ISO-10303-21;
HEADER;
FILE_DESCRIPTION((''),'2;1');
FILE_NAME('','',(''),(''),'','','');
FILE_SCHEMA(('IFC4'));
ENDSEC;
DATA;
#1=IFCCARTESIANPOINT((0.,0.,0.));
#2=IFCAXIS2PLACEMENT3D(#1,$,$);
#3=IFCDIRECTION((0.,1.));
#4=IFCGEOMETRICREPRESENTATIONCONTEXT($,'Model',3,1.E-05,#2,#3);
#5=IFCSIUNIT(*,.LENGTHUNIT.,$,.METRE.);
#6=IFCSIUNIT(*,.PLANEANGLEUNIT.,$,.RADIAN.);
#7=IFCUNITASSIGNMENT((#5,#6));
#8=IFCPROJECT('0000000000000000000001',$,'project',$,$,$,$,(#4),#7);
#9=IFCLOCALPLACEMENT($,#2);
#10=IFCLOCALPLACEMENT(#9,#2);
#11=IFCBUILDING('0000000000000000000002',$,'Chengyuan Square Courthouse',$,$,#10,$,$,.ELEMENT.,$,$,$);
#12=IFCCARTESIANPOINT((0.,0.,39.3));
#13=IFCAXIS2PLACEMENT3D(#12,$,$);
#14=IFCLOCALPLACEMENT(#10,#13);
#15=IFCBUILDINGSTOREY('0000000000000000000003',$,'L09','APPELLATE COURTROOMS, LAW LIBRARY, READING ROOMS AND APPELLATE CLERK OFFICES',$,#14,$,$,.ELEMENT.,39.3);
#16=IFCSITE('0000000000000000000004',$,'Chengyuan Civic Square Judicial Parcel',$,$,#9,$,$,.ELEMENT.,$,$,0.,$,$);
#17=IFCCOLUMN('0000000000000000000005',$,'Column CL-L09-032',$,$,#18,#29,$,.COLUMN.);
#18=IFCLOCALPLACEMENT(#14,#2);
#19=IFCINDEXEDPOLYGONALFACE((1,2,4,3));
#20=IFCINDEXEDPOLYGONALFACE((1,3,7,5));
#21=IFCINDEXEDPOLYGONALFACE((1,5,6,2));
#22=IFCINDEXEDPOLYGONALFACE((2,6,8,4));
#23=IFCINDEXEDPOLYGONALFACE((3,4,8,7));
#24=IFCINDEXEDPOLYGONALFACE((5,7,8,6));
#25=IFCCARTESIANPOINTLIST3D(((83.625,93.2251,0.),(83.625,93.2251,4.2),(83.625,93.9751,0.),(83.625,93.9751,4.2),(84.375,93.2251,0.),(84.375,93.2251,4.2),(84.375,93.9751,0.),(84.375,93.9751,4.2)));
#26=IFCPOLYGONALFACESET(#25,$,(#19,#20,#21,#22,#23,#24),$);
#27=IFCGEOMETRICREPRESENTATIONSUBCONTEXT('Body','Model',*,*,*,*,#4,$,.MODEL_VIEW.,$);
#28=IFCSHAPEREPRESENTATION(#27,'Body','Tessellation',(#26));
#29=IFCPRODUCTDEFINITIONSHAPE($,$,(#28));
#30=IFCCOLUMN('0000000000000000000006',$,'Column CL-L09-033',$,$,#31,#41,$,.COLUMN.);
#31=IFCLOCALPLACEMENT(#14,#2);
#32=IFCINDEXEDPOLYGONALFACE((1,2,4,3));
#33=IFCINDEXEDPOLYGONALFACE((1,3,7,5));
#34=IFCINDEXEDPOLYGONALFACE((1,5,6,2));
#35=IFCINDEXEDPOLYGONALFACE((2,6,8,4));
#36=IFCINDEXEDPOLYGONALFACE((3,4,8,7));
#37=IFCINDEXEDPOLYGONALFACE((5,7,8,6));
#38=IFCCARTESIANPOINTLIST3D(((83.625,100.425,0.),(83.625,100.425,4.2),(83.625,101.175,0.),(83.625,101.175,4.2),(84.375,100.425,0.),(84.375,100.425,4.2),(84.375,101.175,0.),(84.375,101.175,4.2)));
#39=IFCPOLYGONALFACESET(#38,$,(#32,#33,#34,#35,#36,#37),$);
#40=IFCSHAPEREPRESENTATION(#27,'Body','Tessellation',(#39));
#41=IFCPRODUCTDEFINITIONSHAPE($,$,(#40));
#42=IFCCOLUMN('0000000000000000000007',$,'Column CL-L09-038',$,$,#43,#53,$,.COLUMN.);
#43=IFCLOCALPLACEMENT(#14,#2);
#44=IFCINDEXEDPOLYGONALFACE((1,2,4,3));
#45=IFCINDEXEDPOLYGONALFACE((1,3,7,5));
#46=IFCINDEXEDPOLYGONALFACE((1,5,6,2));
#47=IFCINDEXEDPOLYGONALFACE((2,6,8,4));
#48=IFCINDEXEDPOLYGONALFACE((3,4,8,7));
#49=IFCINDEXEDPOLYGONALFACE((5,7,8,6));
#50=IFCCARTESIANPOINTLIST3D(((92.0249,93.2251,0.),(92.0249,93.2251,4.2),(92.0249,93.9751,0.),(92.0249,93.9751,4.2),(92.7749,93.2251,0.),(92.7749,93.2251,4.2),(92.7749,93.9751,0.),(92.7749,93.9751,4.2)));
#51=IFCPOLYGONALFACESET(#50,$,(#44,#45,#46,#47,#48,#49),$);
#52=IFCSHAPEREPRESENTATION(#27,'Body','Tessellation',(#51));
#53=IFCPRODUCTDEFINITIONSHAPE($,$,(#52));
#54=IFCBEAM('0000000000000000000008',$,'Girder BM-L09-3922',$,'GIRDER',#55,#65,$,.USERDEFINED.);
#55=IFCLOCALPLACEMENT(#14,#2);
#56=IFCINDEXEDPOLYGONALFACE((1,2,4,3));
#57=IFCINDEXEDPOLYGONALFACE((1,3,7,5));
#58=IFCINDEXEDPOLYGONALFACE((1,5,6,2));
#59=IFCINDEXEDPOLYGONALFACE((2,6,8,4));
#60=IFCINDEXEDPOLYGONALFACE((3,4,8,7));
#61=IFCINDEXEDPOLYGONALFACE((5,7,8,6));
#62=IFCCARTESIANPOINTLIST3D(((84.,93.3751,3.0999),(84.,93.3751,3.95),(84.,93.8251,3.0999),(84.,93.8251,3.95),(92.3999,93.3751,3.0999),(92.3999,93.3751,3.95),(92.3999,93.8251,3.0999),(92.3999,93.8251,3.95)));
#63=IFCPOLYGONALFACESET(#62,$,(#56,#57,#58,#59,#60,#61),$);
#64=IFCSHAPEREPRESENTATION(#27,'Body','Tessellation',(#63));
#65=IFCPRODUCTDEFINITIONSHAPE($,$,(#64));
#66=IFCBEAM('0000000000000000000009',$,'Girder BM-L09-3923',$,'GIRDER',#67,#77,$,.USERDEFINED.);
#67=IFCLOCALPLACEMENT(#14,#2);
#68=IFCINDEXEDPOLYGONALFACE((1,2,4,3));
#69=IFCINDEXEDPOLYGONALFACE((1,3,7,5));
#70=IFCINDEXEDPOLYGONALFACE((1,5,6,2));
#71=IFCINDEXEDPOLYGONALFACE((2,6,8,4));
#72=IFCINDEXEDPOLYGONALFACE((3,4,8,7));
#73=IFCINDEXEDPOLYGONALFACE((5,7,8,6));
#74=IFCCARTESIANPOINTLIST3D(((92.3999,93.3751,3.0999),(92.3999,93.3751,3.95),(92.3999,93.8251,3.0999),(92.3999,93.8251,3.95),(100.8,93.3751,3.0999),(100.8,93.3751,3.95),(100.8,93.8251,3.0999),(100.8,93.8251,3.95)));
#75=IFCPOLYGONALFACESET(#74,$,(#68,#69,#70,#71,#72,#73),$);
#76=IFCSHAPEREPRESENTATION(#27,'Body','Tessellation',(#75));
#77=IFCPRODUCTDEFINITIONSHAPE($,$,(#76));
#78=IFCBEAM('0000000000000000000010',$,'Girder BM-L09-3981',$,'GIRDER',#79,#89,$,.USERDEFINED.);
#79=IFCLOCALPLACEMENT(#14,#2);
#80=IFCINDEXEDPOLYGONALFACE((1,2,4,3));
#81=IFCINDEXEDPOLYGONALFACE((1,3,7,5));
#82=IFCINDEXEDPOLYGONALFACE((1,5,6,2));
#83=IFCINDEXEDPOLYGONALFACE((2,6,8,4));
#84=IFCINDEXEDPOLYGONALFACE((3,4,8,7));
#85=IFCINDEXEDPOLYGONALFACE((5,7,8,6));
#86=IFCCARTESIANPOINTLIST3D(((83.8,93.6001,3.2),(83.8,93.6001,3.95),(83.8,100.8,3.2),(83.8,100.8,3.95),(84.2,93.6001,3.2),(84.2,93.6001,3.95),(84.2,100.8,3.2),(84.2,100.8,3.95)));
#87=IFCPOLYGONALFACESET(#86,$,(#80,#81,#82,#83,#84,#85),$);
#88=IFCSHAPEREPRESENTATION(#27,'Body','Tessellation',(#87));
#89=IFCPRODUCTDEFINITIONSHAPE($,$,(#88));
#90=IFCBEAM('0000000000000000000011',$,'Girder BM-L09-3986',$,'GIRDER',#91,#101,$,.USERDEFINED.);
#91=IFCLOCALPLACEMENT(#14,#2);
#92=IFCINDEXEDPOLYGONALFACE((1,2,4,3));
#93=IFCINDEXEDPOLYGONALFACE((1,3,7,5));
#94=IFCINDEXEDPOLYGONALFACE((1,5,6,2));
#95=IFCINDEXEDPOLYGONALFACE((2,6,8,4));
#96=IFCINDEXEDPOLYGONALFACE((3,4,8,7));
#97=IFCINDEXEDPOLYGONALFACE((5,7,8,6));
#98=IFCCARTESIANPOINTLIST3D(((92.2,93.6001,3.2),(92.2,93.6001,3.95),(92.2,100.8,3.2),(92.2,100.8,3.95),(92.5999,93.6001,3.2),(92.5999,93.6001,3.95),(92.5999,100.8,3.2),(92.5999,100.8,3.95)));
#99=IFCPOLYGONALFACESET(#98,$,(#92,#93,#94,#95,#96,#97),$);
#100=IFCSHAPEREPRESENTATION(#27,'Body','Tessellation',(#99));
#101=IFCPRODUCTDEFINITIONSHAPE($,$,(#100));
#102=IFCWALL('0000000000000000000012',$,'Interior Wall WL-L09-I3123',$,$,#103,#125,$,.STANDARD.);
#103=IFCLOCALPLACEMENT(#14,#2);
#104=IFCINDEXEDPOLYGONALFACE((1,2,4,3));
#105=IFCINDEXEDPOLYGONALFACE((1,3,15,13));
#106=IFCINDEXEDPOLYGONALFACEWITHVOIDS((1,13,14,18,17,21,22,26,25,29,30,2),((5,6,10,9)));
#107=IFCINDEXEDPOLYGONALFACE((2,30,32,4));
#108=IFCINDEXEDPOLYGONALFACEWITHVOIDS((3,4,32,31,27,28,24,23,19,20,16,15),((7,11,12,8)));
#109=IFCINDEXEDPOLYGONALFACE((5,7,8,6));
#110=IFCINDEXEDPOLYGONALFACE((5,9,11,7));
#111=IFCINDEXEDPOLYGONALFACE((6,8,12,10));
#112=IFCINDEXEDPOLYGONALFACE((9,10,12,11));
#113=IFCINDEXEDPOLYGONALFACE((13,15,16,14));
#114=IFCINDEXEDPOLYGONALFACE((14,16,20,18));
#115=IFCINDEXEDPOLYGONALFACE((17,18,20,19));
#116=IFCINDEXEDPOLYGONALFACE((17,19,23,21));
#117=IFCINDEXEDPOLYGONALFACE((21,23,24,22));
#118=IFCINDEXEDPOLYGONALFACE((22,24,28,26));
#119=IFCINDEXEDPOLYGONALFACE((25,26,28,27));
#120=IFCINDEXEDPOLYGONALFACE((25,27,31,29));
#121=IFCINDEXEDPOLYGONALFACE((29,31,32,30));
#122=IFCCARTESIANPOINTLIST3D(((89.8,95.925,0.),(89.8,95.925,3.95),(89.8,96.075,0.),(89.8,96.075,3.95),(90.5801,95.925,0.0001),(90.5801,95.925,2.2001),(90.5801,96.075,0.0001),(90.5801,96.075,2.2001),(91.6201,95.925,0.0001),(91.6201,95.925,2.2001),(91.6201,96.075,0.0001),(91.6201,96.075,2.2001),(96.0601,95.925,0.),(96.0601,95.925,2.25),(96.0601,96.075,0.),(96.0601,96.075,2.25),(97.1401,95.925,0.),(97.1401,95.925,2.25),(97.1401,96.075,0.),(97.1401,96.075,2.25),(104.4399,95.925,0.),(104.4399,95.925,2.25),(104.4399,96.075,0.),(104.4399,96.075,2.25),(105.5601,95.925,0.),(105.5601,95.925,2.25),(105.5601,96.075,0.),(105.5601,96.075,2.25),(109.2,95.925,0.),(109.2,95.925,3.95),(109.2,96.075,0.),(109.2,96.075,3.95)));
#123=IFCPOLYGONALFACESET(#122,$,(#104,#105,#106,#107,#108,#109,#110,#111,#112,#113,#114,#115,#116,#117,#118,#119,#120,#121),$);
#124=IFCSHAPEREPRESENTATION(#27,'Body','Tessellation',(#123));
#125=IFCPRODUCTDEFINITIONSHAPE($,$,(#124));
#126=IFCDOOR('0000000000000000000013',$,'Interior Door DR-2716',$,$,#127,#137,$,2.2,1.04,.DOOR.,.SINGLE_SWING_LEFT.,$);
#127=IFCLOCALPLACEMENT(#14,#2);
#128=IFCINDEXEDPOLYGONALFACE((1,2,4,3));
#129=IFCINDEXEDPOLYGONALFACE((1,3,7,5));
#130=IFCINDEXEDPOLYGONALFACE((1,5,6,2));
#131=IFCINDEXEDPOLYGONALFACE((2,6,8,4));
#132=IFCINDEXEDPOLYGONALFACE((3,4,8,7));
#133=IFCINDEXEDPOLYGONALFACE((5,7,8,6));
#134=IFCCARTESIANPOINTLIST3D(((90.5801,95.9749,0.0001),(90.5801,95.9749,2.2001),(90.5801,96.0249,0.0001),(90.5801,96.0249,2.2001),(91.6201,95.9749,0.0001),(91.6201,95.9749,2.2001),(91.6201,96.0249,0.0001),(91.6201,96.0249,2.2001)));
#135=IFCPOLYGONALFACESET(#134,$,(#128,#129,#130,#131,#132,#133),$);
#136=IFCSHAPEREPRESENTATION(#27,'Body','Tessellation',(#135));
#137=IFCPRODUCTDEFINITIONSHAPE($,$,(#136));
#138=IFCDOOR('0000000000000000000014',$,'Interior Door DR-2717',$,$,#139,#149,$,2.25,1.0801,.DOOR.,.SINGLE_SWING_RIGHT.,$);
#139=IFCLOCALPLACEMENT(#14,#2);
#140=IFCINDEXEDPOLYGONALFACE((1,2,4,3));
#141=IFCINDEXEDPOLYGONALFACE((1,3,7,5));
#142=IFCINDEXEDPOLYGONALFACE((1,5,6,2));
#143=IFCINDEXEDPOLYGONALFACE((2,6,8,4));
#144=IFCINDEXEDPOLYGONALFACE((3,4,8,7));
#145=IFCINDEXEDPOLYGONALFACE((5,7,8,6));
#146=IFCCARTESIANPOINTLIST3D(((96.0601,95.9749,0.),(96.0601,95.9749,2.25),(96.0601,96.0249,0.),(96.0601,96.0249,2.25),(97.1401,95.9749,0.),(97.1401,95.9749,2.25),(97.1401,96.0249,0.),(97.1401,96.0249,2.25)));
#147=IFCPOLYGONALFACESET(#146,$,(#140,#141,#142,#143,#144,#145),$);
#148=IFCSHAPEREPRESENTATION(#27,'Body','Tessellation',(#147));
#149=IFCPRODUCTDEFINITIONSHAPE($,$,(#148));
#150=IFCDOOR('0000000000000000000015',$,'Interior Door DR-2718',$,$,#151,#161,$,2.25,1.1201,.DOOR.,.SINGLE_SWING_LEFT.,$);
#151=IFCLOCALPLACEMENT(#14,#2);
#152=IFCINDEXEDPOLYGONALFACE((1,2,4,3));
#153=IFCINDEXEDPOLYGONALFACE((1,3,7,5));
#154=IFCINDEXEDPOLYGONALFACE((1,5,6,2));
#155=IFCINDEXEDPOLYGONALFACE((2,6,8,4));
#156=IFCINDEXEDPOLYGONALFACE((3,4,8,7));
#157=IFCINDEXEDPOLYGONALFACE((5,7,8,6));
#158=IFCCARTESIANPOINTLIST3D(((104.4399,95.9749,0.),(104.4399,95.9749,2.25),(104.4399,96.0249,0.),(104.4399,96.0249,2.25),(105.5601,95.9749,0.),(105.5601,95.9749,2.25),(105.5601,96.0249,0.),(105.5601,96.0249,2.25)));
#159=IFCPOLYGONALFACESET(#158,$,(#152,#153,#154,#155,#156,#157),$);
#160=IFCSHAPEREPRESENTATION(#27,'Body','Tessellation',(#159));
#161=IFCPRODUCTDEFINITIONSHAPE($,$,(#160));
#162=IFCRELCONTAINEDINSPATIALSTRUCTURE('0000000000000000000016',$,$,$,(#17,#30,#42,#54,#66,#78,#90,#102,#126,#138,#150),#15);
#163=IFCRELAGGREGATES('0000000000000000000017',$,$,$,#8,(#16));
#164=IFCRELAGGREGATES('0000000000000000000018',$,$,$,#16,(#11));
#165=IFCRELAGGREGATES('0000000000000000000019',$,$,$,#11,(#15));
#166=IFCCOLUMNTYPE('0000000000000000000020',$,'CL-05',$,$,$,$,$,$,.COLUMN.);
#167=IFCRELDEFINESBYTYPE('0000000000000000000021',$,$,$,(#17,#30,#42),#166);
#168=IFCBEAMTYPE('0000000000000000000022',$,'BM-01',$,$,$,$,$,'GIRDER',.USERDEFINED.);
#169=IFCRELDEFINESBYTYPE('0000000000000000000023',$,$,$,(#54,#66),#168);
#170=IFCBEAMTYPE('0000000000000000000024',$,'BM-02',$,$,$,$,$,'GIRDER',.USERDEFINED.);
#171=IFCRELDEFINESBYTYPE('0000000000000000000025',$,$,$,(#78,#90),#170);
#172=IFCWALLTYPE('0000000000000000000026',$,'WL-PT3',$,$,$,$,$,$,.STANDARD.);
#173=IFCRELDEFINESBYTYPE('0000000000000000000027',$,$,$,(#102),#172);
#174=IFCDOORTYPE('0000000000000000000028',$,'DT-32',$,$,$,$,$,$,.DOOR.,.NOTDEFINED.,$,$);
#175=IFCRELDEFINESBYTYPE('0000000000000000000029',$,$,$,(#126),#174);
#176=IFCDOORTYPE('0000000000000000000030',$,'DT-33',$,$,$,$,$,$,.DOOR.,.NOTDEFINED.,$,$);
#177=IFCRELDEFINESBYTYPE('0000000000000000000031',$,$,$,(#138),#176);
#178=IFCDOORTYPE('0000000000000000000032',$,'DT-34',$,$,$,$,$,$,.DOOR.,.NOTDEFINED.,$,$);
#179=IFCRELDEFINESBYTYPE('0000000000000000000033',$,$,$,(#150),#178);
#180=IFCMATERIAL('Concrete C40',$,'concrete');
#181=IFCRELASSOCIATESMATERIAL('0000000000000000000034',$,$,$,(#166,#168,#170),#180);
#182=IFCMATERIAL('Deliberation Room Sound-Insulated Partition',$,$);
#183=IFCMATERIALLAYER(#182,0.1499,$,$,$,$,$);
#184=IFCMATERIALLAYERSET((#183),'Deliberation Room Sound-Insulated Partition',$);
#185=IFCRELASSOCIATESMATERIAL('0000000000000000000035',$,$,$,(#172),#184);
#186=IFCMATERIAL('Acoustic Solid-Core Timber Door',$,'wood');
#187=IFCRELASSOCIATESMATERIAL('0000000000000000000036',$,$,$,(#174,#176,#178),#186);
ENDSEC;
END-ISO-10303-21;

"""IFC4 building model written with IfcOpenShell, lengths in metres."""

from ifc_helpers import new_model, si_unit, direction, frame, frame_2d, origin, origin_2d, place, context, subcontext, project, spatial, rectangle, extrude, material, layer, layer_set, material_profile, profile_set, type_object, element, fill, save


model = new_model("IFC4")

# Units and contexts
model_context = context("Model", 3, precision=1e-05, world=origin(), true_north=direction((0.0, 1.0)))
body_context = subcontext(model_context, "Body", "Model", "MODEL_VIEW")
ifc_project = project(units=[si_unit("LENGTHUNIT", "METRE"), si_unit("PLANEANGLEUNIT", "RADIAN")], contexts=[model_context])

# Site, building, storey
site_placement = place(None, origin())
site = spatial("IfcSite", under=ifc_project, at=site_placement, Name="Chengyuan Civic Square Judicial Parcel", CompositionType="ELEMENT", RefElevation=0.0)
building_placement = place(site_placement, origin())
building = spatial("IfcBuilding", under=site, at=building_placement, Name="Chengyuan Square Courthouse", CompositionType="ELEMENT")
storey_placement = place(building_placement, frame((0.0, 0.0, 39.3)))
storey = spatial("IfcBuildingStorey", under=building, at=storey_placement, Name="L09", Description="APPELLATE COURTROOMS, LAW LIBRARY, READING ROOMS AND APPELLATE CLERK OFFICES", CompositionType="ELEMENT", Elevation=39.3)

# Columns
ifc_material_1 = material(Name="Concrete C40", Category="concrete")
ifc_material_profile_1 = material_profile(ifc_material_1, rectangle(XDim=0.75, YDim=0.75, at=origin_2d()), Name="RC-COL-750x750")
ifc_profile_set_1 = profile_set([ifc_material_profile_1], Name="Concrete C40")
column_type = type_object("IfcColumnType", Name="CL-05", PredefinedType="COLUMN", material=ifc_profile_set_1)
for number, where, z_axis, x_axis, name in (
    (1, (84.0, 93.6001, 0.0), (0.0, 0.0, 1.0), (1.0, 0.0, 0.0), "Column CL-L09-032"),
    (2, (84.0, 100.8, 0.0), (0.0, 0.0, 1.0), (1.0, 0.0, 0.0), "Column CL-L09-033"),
    (3, (92.3999, 93.6001, 0.0), (0.0, 0.0, 1.0), (1.0, 0.0, 0.0), "Column CL-L09-038"),
):
    element("IfcColumn", number, at=place(storey_placement, frame(where, z_axis=z_axis, x_axis=x_axis)), inside=storey, type_object=column_type, Name=name, PredefinedType="COLUMN", context=body_context, shape_type="SweptSolid", body=[
        extrude(rectangle(XDim=0.75, YDim=0.75, at=origin_2d()), origin(), (0.0, 0.0, 1.0), 4.2),
    ])

# Beams
ifc_material_profile_2 = material_profile(ifc_material_1, rectangle(XDim=0.45, YDim=0.8501, at=origin_2d()), Name="RC-BM-450x850")
ifc_profile_set_2 = profile_set([ifc_material_profile_2], Name="Concrete C40")
beam_type_1 = type_object("IfcBeamType", Name="BM-01", ElementType="GIRDER", PredefinedType="USERDEFINED", material=ifc_profile_set_2)
beam_1_placement = place(storey_placement, frame((84.0, 93.6001, 3.5249), z_axis=(1.0, 0.0, 0.0), x_axis=(0.0, 1.0, 0.0)))
element("IfcBeam", 4, at=beam_1_placement, inside=storey, type_object=beam_type_1, Name="Girder BM-L09-3922", ObjectType="GIRDER", PredefinedType="USERDEFINED", context=body_context, shape_type="SweptSolid", body=[
    extrude(rectangle(XDim=0.45, YDim=0.8501, at=origin_2d()), origin(), (0.0, 0.0, 1.0), 8.3999),
])
beam_2_placement = place(storey_placement, frame((92.3999, 93.6001, 3.5249), z_axis=(1.0, 0.0, 0.0), x_axis=(0.0, 1.0, 0.0)))
element("IfcBeam", 5, at=beam_2_placement, inside=storey, type_object=beam_type_1, Name="Girder BM-L09-3923", ObjectType="GIRDER", PredefinedType="USERDEFINED", context=body_context, shape_type="SweptSolid", body=[
    extrude(rectangle(XDim=0.45, YDim=0.8501, at=origin_2d()), origin(), (0.0, 0.0, 1.0), 8.4001),
])
ifc_material_profile_3 = material_profile(ifc_material_1, rectangle(XDim=0.3999, YDim=0.75, at=origin_2d()), Name="RC-BM-400x750")
ifc_profile_set_3 = profile_set([ifc_material_profile_3], Name="Concrete C40")
beam_type_2 = type_object("IfcBeamType", Name="BM-02", ElementType="GIRDER", PredefinedType="USERDEFINED", material=ifc_profile_set_3)
for number, where, z_axis, x_axis, name in (
    (6, (84.0, 93.6001, 3.575), (0.0, 1.0, 0.0), (-1.0, 0.0, 0.0), "Girder BM-L09-3981"),
    (7, (92.3999, 93.6001, 3.575), (0.0, 1.0, 0.0), (-1.0, 0.0, 0.0), "Girder BM-L09-3986"),
):
    element("IfcBeam", number, at=place(storey_placement, frame(where, z_axis=z_axis, x_axis=x_axis)), inside=storey, type_object=beam_type_2, Name=name, ObjectType="GIRDER", PredefinedType="USERDEFINED", context=body_context, shape_type="SweptSolid", body=[
        extrude(rectangle(XDim=0.3999, YDim=0.75, at=origin_2d()), origin(), (0.0, 0.0, 1.0), 7.2),
    ])

# Wall, openings, doors
ifc_material_2 = material(Name="Deliberation Room Sound-Insulated Partition")
ifc_layer_1 = layer(ifc_material_2, 0.1499)
ifc_layer_set_1 = layer_set([ifc_layer_1], Name="Deliberation Room Sound-Insulated Partition")
wall_type_1 = type_object("IfcWallType", Name="WL-PT3", PredefinedType="STANDARD", material=ifc_layer_set_1)
wall_1_placement = place(storey_placement, frame((89.8, 96.0, 0.0), z_axis=(0.0, 0.0, 1.0), x_axis=(1.0, 0.0, 0.0)))
wall_1 = element("IfcWall", 8, at=wall_1_placement, inside=storey, type_object=wall_type_1, Name="Interior Wall WL-L09-I3123", PredefinedType="STANDARD", context=body_context, shape_type="SweptSolid", body=[
    extrude(rectangle(XDim=19.3999, YDim=0.1499, at=frame_2d((9.7, 0.0))), origin(), (0.0, 0.0, 1.0), 3.95),
])
opening_1_placement = place(wall_1_placement, frame((0.78, 0.0, 0.0)))
opening_1 = element("IfcOpeningElement", 9, at=opening_1_placement, cuts=wall_1, PredefinedType="OPENING", context=body_context, shape_type="SweptSolid", body=[
    extrude(rectangle(XDim=1.04, YDim=2.2, at=frame_2d((0.52, 1.1001))), frame((0.0, 0.0869, 0.0), z_axis=(0.0, -1.0, 0.0), x_axis=(1.0, 0.0, 0.0)), (0.0, 0.0, 1.0), 0.1738),
])
opening_2_placement = place(wall_1_placement, frame((6.26, 0.0, 0.0)))
opening_2 = element("IfcOpeningElement", 10, at=opening_2_placement, cuts=wall_1, PredefinedType="OPENING", context=body_context, shape_type="SweptSolid", body=[
    extrude(rectangle(XDim=1.0801, YDim=2.25, at=frame_2d((0.54, 1.125))), frame((0.0, 0.0869, 0.0), z_axis=(0.0, -1.0, 0.0), x_axis=(1.0, 0.0, 0.0)), (0.0, 0.0, 1.0), 0.1738),
])
opening_3_placement = place(wall_1_placement, frame((14.6399, 0.0, 0.0)))
opening_3 = element("IfcOpeningElement", 11, at=opening_3_placement, cuts=wall_1, PredefinedType="OPENING", context=body_context, shape_type="SweptSolid", body=[
    extrude(rectangle(XDim=1.1201, YDim=2.25, at=frame_2d((0.5601, 1.125))), frame((0.0, 0.0869, 0.0), z_axis=(0.0, -1.0, 0.0), x_axis=(1.0, 0.0, 0.0)), (0.0, 0.0, 1.0), 0.1738),
])
ifc_material_3 = material(Name="Acoustic Solid-Core Timber Door", Category="wood")
door_type_1 = type_object("IfcDoorType", Name="DT-32", OperationType="NOTDEFINED", PredefinedType="DOOR", material=ifc_material_3)
door_1_placement = place(opening_1_placement, origin())
door_1 = element("IfcDoor", 12, at=door_1_placement, inside=storey, type_object=door_type_1, Name="Interior Door DR-2716", OperationType="SINGLE_SWING_LEFT", OverallHeight=2.2, OverallWidth=1.04, PredefinedType="DOOR", context=body_context, shape_type="SweptSolid", body=[
    extrude(rectangle(XDim=1.04, YDim=2.2, at=frame_2d((0.52, 1.1001))), frame((0.0, 0.0249, 0.0), z_axis=(0.0, -1.0, 0.0), x_axis=(1.0, 0.0, 0.0)), (0.0, 0.0, 1.0), 0.05),
])
fill(opening_1, door_1)
door_type_2 = type_object("IfcDoorType", Name="DT-33", OperationType="NOTDEFINED", PredefinedType="DOOR", material=ifc_material_3)
door_2_placement = place(opening_2_placement, origin())
door_2 = element("IfcDoor", 13, at=door_2_placement, inside=storey, type_object=door_type_2, Name="Interior Door DR-2717", OperationType="SINGLE_SWING_RIGHT", OverallHeight=2.25, OverallWidth=1.0801, PredefinedType="DOOR", context=body_context, shape_type="SweptSolid", body=[
    extrude(rectangle(XDim=1.0801, YDim=2.25, at=frame_2d((0.54, 1.125))), frame((0.0, 0.0249, 0.0), z_axis=(0.0, -1.0, 0.0), x_axis=(1.0, 0.0, 0.0)), (0.0, 0.0, 1.0), 0.05),
])
fill(opening_2, door_2)
door_type_3 = type_object("IfcDoorType", Name="DT-34", OperationType="NOTDEFINED", PredefinedType="DOOR", material=ifc_material_3)
door_3_placement = place(opening_3_placement, origin())
door_3 = element("IfcDoor", 14, at=door_3_placement, inside=storey, type_object=door_type_3, Name="Interior Door DR-2718", OperationType="SINGLE_SWING_LEFT", OverallHeight=2.25, OverallWidth=1.1201, PredefinedType="DOOR", context=body_context, shape_type="SweptSolid", body=[
    extrude(rectangle(XDim=1.1201, YDim=2.25, at=frame_2d((0.5601, 1.125))), frame((0.0, 0.0249, 0.0), z_axis=(0.0, -1.0, 0.0), x_axis=(1.0, 0.0, 0.0)), (0.0, 0.0, 1.0), 0.05),
])
fill(opening_3, door_3)

save(model, "model.ifc")
